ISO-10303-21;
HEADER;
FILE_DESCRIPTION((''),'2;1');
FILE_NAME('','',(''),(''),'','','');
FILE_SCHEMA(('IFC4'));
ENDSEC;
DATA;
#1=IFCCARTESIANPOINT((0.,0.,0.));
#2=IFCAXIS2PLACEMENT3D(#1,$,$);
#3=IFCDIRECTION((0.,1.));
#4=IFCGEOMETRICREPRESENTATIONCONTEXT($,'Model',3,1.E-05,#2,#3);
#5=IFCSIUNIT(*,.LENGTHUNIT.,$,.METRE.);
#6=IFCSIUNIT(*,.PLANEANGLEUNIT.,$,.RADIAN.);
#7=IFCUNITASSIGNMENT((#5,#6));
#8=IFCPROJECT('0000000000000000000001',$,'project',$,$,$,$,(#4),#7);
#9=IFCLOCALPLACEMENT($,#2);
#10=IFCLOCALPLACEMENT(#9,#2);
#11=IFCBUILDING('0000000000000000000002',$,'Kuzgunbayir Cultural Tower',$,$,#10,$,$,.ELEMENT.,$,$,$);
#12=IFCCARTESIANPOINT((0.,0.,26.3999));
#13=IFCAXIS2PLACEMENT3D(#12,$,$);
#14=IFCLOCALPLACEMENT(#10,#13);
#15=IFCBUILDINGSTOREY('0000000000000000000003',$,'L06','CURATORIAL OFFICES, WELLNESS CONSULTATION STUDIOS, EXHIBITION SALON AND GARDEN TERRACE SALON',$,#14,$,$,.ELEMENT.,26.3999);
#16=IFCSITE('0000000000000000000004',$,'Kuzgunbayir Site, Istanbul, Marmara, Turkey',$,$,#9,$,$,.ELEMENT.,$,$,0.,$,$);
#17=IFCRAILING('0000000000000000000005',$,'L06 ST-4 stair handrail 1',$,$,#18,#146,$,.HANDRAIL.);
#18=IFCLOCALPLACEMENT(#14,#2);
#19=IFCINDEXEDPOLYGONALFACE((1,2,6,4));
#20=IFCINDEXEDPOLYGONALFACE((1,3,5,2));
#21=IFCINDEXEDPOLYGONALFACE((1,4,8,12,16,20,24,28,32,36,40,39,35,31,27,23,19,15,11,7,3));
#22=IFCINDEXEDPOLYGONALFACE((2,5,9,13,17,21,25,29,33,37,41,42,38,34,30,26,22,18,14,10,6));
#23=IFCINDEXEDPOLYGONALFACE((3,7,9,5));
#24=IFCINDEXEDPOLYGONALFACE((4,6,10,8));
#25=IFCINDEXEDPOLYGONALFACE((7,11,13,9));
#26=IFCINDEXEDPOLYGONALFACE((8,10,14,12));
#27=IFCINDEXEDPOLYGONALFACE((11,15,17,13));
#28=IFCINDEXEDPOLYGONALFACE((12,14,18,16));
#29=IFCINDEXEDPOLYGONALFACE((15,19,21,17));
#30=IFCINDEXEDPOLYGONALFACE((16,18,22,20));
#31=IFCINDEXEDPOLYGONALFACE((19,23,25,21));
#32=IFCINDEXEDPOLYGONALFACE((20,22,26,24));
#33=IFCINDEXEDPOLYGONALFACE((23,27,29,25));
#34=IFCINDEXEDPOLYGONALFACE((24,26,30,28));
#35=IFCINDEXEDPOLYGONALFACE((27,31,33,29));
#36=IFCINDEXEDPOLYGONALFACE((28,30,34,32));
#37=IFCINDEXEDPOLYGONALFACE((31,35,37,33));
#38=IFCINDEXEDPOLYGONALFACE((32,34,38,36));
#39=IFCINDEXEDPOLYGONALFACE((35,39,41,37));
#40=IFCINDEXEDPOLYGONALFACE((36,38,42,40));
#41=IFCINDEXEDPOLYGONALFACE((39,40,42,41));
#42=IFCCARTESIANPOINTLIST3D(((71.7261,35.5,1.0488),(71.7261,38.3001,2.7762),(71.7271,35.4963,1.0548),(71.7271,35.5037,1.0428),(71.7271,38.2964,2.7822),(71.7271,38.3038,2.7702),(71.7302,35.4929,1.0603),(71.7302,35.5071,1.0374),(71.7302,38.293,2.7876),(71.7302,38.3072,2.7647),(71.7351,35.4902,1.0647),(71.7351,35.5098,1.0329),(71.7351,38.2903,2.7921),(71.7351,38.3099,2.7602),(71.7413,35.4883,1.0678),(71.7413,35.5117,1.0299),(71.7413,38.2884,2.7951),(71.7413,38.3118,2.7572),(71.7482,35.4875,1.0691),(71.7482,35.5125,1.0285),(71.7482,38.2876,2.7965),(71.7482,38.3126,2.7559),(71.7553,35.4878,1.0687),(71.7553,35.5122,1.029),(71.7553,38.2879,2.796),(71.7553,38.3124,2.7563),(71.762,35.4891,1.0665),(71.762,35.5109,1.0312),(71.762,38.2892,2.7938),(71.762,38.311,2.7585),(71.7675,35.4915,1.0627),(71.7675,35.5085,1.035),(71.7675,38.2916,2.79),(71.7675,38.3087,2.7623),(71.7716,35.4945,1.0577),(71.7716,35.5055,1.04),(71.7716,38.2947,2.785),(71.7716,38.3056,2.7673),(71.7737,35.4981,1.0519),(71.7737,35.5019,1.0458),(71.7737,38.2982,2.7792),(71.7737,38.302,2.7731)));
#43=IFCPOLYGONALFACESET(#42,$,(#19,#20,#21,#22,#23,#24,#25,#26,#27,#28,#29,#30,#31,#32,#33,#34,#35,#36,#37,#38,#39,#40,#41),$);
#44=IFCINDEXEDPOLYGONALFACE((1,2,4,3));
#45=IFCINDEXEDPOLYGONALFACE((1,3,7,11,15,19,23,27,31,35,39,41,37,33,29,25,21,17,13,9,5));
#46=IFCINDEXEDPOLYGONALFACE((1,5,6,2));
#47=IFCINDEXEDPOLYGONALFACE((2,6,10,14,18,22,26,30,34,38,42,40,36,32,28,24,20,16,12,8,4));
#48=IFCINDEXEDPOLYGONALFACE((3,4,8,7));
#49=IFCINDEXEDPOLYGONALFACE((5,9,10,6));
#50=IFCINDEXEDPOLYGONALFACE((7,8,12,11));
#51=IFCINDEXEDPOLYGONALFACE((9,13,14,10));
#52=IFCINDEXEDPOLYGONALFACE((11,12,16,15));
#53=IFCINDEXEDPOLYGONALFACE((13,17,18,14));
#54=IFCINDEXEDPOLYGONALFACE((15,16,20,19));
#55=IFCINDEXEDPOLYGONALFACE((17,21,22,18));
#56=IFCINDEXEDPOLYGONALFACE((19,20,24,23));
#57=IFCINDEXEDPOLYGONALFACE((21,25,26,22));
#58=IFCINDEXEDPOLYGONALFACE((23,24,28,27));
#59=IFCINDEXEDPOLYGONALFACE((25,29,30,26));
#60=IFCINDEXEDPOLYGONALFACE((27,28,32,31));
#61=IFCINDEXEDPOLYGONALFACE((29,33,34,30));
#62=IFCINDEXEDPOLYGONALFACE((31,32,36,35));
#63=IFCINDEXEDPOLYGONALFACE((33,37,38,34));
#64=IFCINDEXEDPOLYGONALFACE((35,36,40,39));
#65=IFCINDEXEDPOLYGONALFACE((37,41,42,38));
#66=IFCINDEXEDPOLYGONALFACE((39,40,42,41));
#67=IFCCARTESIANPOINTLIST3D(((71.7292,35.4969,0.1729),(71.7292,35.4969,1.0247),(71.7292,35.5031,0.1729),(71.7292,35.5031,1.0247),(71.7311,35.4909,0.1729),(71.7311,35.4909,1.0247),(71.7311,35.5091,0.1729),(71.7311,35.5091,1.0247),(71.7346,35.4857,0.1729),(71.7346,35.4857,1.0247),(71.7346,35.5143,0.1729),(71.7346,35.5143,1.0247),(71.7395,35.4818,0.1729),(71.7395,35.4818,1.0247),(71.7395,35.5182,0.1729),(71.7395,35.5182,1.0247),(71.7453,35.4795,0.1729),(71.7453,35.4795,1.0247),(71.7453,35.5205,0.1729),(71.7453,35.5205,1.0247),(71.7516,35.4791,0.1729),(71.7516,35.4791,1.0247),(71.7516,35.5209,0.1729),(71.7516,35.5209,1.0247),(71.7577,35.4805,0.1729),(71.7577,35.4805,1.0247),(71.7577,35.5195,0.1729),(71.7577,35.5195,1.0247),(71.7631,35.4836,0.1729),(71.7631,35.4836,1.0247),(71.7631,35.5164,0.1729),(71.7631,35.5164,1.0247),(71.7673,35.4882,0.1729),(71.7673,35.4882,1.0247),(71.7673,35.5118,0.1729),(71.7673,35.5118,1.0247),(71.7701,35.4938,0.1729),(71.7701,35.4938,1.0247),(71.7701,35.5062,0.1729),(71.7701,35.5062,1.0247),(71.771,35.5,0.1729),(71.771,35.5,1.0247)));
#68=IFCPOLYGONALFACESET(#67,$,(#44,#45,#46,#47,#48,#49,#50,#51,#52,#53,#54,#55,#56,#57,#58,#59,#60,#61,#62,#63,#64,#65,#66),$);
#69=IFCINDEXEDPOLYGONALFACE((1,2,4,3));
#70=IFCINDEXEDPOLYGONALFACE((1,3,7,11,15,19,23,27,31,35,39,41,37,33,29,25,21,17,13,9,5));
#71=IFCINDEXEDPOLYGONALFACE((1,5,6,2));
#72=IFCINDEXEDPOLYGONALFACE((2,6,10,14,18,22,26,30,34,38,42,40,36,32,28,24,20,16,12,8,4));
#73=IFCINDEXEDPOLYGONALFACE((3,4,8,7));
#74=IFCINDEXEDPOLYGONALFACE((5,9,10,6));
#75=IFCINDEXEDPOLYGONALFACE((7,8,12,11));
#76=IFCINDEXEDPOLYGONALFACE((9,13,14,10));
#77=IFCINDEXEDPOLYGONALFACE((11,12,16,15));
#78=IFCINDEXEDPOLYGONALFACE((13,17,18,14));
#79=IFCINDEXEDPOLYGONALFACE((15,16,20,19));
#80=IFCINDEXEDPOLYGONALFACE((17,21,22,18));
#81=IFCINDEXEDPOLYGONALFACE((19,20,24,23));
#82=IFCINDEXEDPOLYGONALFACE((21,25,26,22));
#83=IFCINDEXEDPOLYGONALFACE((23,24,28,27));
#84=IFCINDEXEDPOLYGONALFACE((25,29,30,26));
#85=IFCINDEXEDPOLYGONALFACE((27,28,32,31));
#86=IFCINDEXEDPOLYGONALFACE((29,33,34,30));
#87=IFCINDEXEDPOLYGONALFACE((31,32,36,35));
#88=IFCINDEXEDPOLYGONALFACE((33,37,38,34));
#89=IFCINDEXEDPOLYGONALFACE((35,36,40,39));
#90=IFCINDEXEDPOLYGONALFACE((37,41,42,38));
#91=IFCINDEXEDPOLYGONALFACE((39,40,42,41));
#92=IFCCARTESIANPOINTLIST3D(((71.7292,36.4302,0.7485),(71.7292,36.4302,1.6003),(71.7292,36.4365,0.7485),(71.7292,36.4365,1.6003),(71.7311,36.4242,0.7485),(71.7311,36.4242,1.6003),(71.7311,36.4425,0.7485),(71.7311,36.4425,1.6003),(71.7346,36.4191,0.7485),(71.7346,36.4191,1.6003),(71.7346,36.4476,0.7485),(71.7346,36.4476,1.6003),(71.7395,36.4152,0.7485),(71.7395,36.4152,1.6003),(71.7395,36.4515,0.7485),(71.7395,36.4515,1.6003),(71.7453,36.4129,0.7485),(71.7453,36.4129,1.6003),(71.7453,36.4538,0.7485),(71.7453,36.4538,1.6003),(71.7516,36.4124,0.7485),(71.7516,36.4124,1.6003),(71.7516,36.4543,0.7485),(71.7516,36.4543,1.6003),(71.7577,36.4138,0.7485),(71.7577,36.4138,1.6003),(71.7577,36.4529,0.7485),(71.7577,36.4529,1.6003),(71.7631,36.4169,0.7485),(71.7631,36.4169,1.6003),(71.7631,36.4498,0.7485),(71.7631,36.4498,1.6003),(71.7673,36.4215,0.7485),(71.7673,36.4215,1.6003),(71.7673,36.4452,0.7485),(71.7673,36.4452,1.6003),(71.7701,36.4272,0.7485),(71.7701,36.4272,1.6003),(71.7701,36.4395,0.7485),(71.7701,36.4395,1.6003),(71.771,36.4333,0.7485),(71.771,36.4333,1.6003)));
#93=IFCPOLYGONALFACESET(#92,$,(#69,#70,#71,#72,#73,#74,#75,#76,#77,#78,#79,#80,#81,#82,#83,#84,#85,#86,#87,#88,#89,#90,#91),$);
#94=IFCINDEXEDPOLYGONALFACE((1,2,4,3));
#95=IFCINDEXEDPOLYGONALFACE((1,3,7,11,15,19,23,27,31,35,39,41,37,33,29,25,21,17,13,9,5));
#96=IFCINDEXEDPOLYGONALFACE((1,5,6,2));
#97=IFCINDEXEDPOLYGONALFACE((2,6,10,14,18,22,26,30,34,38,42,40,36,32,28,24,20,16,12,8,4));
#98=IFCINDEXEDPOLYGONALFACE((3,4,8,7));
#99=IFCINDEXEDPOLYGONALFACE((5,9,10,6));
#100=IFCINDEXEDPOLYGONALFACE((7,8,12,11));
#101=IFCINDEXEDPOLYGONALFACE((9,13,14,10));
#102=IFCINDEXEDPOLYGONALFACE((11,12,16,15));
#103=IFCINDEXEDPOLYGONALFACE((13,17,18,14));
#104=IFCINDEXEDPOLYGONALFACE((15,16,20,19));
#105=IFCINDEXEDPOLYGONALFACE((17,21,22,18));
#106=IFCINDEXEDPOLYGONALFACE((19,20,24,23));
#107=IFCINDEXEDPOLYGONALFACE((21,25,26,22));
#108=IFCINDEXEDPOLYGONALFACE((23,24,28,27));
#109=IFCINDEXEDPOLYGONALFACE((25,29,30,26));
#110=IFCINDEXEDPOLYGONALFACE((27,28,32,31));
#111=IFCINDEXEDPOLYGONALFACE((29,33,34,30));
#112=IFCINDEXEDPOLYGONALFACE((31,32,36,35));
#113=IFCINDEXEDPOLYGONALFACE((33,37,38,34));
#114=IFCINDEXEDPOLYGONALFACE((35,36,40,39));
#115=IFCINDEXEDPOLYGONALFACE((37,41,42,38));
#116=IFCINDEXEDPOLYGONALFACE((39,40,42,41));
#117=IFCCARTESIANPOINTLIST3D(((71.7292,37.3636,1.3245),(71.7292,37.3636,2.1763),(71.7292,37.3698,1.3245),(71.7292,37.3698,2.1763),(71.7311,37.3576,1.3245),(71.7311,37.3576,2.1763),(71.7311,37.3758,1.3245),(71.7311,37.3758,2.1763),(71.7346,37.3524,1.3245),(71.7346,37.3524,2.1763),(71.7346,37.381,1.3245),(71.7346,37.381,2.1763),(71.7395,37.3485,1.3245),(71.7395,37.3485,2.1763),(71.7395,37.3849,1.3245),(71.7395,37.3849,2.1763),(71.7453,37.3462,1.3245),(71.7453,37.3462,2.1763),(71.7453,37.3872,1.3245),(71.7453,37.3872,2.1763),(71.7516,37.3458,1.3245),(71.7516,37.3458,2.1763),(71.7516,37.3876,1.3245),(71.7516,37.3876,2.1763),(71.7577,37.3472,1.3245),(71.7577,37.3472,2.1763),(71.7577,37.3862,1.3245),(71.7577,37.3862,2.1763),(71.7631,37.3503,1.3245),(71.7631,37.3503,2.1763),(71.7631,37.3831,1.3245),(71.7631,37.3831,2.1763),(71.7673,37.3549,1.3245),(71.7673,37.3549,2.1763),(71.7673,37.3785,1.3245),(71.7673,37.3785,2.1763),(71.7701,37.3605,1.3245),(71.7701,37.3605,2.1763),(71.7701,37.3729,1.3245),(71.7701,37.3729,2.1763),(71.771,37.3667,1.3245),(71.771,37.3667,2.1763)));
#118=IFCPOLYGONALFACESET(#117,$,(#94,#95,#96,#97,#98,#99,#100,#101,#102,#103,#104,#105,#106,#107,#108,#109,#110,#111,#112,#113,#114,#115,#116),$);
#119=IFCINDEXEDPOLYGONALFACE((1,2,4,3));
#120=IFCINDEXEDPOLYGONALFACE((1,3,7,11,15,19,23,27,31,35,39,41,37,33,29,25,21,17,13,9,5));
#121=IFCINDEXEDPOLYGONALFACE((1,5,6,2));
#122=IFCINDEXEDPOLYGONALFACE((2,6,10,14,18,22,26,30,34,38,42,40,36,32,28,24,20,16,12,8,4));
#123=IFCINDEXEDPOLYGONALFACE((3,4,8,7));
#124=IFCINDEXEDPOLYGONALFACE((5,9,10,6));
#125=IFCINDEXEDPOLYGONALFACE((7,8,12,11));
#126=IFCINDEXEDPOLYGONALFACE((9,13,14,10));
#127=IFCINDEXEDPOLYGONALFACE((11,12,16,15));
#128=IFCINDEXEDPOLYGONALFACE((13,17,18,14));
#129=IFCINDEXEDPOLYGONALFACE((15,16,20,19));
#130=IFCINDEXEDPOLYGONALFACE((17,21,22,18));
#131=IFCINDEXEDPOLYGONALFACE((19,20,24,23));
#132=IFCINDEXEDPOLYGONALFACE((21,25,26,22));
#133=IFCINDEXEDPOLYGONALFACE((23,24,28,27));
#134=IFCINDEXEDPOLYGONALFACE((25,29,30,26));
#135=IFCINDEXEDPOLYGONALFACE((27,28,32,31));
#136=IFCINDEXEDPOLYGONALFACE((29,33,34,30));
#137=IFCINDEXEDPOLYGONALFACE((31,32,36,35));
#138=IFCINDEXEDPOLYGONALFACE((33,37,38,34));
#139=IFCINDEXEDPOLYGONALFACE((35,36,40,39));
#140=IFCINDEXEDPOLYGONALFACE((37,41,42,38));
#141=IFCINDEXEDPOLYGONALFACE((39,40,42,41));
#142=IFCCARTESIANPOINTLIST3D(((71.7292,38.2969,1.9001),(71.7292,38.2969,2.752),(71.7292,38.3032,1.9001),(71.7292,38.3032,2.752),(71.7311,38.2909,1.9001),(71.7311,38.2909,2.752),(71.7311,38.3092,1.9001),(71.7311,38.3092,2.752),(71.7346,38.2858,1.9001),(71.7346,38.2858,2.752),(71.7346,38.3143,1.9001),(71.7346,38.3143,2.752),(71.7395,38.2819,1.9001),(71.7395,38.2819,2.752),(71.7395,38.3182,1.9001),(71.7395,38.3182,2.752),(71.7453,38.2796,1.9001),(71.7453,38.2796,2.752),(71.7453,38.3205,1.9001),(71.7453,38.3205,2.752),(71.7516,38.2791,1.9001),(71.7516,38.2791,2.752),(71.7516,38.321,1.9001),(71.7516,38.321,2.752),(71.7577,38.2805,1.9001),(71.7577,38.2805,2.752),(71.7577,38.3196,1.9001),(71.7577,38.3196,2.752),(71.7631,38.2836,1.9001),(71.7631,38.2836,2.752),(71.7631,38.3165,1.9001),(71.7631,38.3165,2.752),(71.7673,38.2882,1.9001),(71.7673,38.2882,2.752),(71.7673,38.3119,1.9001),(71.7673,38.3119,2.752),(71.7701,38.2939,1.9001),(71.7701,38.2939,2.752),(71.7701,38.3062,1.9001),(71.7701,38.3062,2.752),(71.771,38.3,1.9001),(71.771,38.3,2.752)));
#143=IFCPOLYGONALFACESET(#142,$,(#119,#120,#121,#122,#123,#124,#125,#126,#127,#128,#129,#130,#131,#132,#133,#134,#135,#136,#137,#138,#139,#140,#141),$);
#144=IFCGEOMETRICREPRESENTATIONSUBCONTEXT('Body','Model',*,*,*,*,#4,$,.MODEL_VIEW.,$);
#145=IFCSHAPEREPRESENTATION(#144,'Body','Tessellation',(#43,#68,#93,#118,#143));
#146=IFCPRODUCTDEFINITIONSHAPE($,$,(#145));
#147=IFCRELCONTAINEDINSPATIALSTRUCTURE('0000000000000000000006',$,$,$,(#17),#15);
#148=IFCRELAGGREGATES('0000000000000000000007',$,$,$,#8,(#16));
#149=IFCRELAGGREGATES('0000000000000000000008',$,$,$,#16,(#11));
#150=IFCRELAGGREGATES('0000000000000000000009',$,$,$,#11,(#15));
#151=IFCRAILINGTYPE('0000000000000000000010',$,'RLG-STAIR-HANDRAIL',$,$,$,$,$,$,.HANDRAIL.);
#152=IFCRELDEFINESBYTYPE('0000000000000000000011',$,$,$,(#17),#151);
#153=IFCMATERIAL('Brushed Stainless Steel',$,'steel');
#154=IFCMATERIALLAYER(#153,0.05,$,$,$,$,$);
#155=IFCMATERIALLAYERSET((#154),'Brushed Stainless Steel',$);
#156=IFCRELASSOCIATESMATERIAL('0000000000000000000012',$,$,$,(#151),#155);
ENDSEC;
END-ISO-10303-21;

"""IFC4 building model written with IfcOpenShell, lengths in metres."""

from ifc_helpers import new_model, si_unit, direction, frame, origin, origin_2d, place, context, subcontext, project, spatial, circle, extrude, material, layer, layer_set, type_object, element, save


model = new_model("IFC4")

# Units and contexts
model_context = context("Model", 3, precision=1e-05, world=origin(), true_north=direction((0.0, 1.0)))
body_context = subcontext(model_context, "Body", "Model", "MODEL_VIEW")
ifc_project = project(units=[si_unit("LENGTHUNIT", "METRE"), si_unit("PLANEANGLEUNIT", "RADIAN")], contexts=[model_context])

# Site, building, storey
site_placement = place(None, origin())
site = spatial("IfcSite", under=ifc_project, at=site_placement, Name="Kuzgunbayir Site, Istanbul, Marmara, Turkey", CompositionType="ELEMENT", RefElevation=0.0)
building_placement = place(site_placement, origin())
building = spatial("IfcBuilding", under=site, at=building_placement, Name="Kuzgunbayir Cultural Tower", CompositionType="ELEMENT")
storey_placement = place(building_placement, frame((0.0, 0.0, 26.3999)))
storey = spatial("IfcBuildingStorey", under=building, at=storey_placement, Name="L06", Description="CURATORIAL OFFICES, WELLNESS CONSULTATION STUDIOS, EXHIBITION SALON AND GARDEN TERRACE SALON", CompositionType="ELEMENT", Elevation=26.3999)

# Shared definitions
ifc_material_1 = material(Name="Brushed Stainless Steel", Category="steel")

# Railing
ifc_layer_1 = layer(ifc_material_1, 0.05)
ifc_layer_set_1 = layer_set([ifc_layer_1], Name="Brushed Stainless Steel")
railing_type_1 = type_object("IfcRailingType", Name="RLG-STAIR-HANDRAIL", PredefinedType="HANDRAIL", material=ifc_layer_set_1)
railing_1_placement = place(storey_placement, frame((71.75, 35.5, 0.1729)))
element("IfcRailing", 1, at=railing_1_placement, inside=storey, type_object=railing_type_1, Name="L06 ST-4 stair handrail 1", PredefinedType="HANDRAIL", context=body_context, shape_type="SweptSolid", body=[
    extrude(circle(Radius=0.0239, at=origin_2d()), frame((0.0, 0.0, 0.876), z_axis=(0.0, 0.85109, 0.52502), x_axis=(-1.0, 0.0, 0.0)), (0.0, 0.0, 1.0), 3.29),
    extrude(circle(Radius=0.021, at=origin_2d()), origin(), (0.0, 0.0, 1.0), 0.8518),
    extrude(circle(Radius=0.021, at=origin_2d()), frame((0.0, 0.9333, 0.5757)), (0.0, 0.0, 1.0), 0.8518),
    extrude(circle(Radius=0.021, at=origin_2d()), frame((0.0, 1.8667, 1.1516)), (0.0, 0.0, 1.0), 0.8518),
    extrude(circle(Radius=0.021, at=origin_2d()), frame((0.0, 2.8, 1.7273)), (0.0, 0.0, 1.0), 0.8518),
])

save(model, "model.ifc")
